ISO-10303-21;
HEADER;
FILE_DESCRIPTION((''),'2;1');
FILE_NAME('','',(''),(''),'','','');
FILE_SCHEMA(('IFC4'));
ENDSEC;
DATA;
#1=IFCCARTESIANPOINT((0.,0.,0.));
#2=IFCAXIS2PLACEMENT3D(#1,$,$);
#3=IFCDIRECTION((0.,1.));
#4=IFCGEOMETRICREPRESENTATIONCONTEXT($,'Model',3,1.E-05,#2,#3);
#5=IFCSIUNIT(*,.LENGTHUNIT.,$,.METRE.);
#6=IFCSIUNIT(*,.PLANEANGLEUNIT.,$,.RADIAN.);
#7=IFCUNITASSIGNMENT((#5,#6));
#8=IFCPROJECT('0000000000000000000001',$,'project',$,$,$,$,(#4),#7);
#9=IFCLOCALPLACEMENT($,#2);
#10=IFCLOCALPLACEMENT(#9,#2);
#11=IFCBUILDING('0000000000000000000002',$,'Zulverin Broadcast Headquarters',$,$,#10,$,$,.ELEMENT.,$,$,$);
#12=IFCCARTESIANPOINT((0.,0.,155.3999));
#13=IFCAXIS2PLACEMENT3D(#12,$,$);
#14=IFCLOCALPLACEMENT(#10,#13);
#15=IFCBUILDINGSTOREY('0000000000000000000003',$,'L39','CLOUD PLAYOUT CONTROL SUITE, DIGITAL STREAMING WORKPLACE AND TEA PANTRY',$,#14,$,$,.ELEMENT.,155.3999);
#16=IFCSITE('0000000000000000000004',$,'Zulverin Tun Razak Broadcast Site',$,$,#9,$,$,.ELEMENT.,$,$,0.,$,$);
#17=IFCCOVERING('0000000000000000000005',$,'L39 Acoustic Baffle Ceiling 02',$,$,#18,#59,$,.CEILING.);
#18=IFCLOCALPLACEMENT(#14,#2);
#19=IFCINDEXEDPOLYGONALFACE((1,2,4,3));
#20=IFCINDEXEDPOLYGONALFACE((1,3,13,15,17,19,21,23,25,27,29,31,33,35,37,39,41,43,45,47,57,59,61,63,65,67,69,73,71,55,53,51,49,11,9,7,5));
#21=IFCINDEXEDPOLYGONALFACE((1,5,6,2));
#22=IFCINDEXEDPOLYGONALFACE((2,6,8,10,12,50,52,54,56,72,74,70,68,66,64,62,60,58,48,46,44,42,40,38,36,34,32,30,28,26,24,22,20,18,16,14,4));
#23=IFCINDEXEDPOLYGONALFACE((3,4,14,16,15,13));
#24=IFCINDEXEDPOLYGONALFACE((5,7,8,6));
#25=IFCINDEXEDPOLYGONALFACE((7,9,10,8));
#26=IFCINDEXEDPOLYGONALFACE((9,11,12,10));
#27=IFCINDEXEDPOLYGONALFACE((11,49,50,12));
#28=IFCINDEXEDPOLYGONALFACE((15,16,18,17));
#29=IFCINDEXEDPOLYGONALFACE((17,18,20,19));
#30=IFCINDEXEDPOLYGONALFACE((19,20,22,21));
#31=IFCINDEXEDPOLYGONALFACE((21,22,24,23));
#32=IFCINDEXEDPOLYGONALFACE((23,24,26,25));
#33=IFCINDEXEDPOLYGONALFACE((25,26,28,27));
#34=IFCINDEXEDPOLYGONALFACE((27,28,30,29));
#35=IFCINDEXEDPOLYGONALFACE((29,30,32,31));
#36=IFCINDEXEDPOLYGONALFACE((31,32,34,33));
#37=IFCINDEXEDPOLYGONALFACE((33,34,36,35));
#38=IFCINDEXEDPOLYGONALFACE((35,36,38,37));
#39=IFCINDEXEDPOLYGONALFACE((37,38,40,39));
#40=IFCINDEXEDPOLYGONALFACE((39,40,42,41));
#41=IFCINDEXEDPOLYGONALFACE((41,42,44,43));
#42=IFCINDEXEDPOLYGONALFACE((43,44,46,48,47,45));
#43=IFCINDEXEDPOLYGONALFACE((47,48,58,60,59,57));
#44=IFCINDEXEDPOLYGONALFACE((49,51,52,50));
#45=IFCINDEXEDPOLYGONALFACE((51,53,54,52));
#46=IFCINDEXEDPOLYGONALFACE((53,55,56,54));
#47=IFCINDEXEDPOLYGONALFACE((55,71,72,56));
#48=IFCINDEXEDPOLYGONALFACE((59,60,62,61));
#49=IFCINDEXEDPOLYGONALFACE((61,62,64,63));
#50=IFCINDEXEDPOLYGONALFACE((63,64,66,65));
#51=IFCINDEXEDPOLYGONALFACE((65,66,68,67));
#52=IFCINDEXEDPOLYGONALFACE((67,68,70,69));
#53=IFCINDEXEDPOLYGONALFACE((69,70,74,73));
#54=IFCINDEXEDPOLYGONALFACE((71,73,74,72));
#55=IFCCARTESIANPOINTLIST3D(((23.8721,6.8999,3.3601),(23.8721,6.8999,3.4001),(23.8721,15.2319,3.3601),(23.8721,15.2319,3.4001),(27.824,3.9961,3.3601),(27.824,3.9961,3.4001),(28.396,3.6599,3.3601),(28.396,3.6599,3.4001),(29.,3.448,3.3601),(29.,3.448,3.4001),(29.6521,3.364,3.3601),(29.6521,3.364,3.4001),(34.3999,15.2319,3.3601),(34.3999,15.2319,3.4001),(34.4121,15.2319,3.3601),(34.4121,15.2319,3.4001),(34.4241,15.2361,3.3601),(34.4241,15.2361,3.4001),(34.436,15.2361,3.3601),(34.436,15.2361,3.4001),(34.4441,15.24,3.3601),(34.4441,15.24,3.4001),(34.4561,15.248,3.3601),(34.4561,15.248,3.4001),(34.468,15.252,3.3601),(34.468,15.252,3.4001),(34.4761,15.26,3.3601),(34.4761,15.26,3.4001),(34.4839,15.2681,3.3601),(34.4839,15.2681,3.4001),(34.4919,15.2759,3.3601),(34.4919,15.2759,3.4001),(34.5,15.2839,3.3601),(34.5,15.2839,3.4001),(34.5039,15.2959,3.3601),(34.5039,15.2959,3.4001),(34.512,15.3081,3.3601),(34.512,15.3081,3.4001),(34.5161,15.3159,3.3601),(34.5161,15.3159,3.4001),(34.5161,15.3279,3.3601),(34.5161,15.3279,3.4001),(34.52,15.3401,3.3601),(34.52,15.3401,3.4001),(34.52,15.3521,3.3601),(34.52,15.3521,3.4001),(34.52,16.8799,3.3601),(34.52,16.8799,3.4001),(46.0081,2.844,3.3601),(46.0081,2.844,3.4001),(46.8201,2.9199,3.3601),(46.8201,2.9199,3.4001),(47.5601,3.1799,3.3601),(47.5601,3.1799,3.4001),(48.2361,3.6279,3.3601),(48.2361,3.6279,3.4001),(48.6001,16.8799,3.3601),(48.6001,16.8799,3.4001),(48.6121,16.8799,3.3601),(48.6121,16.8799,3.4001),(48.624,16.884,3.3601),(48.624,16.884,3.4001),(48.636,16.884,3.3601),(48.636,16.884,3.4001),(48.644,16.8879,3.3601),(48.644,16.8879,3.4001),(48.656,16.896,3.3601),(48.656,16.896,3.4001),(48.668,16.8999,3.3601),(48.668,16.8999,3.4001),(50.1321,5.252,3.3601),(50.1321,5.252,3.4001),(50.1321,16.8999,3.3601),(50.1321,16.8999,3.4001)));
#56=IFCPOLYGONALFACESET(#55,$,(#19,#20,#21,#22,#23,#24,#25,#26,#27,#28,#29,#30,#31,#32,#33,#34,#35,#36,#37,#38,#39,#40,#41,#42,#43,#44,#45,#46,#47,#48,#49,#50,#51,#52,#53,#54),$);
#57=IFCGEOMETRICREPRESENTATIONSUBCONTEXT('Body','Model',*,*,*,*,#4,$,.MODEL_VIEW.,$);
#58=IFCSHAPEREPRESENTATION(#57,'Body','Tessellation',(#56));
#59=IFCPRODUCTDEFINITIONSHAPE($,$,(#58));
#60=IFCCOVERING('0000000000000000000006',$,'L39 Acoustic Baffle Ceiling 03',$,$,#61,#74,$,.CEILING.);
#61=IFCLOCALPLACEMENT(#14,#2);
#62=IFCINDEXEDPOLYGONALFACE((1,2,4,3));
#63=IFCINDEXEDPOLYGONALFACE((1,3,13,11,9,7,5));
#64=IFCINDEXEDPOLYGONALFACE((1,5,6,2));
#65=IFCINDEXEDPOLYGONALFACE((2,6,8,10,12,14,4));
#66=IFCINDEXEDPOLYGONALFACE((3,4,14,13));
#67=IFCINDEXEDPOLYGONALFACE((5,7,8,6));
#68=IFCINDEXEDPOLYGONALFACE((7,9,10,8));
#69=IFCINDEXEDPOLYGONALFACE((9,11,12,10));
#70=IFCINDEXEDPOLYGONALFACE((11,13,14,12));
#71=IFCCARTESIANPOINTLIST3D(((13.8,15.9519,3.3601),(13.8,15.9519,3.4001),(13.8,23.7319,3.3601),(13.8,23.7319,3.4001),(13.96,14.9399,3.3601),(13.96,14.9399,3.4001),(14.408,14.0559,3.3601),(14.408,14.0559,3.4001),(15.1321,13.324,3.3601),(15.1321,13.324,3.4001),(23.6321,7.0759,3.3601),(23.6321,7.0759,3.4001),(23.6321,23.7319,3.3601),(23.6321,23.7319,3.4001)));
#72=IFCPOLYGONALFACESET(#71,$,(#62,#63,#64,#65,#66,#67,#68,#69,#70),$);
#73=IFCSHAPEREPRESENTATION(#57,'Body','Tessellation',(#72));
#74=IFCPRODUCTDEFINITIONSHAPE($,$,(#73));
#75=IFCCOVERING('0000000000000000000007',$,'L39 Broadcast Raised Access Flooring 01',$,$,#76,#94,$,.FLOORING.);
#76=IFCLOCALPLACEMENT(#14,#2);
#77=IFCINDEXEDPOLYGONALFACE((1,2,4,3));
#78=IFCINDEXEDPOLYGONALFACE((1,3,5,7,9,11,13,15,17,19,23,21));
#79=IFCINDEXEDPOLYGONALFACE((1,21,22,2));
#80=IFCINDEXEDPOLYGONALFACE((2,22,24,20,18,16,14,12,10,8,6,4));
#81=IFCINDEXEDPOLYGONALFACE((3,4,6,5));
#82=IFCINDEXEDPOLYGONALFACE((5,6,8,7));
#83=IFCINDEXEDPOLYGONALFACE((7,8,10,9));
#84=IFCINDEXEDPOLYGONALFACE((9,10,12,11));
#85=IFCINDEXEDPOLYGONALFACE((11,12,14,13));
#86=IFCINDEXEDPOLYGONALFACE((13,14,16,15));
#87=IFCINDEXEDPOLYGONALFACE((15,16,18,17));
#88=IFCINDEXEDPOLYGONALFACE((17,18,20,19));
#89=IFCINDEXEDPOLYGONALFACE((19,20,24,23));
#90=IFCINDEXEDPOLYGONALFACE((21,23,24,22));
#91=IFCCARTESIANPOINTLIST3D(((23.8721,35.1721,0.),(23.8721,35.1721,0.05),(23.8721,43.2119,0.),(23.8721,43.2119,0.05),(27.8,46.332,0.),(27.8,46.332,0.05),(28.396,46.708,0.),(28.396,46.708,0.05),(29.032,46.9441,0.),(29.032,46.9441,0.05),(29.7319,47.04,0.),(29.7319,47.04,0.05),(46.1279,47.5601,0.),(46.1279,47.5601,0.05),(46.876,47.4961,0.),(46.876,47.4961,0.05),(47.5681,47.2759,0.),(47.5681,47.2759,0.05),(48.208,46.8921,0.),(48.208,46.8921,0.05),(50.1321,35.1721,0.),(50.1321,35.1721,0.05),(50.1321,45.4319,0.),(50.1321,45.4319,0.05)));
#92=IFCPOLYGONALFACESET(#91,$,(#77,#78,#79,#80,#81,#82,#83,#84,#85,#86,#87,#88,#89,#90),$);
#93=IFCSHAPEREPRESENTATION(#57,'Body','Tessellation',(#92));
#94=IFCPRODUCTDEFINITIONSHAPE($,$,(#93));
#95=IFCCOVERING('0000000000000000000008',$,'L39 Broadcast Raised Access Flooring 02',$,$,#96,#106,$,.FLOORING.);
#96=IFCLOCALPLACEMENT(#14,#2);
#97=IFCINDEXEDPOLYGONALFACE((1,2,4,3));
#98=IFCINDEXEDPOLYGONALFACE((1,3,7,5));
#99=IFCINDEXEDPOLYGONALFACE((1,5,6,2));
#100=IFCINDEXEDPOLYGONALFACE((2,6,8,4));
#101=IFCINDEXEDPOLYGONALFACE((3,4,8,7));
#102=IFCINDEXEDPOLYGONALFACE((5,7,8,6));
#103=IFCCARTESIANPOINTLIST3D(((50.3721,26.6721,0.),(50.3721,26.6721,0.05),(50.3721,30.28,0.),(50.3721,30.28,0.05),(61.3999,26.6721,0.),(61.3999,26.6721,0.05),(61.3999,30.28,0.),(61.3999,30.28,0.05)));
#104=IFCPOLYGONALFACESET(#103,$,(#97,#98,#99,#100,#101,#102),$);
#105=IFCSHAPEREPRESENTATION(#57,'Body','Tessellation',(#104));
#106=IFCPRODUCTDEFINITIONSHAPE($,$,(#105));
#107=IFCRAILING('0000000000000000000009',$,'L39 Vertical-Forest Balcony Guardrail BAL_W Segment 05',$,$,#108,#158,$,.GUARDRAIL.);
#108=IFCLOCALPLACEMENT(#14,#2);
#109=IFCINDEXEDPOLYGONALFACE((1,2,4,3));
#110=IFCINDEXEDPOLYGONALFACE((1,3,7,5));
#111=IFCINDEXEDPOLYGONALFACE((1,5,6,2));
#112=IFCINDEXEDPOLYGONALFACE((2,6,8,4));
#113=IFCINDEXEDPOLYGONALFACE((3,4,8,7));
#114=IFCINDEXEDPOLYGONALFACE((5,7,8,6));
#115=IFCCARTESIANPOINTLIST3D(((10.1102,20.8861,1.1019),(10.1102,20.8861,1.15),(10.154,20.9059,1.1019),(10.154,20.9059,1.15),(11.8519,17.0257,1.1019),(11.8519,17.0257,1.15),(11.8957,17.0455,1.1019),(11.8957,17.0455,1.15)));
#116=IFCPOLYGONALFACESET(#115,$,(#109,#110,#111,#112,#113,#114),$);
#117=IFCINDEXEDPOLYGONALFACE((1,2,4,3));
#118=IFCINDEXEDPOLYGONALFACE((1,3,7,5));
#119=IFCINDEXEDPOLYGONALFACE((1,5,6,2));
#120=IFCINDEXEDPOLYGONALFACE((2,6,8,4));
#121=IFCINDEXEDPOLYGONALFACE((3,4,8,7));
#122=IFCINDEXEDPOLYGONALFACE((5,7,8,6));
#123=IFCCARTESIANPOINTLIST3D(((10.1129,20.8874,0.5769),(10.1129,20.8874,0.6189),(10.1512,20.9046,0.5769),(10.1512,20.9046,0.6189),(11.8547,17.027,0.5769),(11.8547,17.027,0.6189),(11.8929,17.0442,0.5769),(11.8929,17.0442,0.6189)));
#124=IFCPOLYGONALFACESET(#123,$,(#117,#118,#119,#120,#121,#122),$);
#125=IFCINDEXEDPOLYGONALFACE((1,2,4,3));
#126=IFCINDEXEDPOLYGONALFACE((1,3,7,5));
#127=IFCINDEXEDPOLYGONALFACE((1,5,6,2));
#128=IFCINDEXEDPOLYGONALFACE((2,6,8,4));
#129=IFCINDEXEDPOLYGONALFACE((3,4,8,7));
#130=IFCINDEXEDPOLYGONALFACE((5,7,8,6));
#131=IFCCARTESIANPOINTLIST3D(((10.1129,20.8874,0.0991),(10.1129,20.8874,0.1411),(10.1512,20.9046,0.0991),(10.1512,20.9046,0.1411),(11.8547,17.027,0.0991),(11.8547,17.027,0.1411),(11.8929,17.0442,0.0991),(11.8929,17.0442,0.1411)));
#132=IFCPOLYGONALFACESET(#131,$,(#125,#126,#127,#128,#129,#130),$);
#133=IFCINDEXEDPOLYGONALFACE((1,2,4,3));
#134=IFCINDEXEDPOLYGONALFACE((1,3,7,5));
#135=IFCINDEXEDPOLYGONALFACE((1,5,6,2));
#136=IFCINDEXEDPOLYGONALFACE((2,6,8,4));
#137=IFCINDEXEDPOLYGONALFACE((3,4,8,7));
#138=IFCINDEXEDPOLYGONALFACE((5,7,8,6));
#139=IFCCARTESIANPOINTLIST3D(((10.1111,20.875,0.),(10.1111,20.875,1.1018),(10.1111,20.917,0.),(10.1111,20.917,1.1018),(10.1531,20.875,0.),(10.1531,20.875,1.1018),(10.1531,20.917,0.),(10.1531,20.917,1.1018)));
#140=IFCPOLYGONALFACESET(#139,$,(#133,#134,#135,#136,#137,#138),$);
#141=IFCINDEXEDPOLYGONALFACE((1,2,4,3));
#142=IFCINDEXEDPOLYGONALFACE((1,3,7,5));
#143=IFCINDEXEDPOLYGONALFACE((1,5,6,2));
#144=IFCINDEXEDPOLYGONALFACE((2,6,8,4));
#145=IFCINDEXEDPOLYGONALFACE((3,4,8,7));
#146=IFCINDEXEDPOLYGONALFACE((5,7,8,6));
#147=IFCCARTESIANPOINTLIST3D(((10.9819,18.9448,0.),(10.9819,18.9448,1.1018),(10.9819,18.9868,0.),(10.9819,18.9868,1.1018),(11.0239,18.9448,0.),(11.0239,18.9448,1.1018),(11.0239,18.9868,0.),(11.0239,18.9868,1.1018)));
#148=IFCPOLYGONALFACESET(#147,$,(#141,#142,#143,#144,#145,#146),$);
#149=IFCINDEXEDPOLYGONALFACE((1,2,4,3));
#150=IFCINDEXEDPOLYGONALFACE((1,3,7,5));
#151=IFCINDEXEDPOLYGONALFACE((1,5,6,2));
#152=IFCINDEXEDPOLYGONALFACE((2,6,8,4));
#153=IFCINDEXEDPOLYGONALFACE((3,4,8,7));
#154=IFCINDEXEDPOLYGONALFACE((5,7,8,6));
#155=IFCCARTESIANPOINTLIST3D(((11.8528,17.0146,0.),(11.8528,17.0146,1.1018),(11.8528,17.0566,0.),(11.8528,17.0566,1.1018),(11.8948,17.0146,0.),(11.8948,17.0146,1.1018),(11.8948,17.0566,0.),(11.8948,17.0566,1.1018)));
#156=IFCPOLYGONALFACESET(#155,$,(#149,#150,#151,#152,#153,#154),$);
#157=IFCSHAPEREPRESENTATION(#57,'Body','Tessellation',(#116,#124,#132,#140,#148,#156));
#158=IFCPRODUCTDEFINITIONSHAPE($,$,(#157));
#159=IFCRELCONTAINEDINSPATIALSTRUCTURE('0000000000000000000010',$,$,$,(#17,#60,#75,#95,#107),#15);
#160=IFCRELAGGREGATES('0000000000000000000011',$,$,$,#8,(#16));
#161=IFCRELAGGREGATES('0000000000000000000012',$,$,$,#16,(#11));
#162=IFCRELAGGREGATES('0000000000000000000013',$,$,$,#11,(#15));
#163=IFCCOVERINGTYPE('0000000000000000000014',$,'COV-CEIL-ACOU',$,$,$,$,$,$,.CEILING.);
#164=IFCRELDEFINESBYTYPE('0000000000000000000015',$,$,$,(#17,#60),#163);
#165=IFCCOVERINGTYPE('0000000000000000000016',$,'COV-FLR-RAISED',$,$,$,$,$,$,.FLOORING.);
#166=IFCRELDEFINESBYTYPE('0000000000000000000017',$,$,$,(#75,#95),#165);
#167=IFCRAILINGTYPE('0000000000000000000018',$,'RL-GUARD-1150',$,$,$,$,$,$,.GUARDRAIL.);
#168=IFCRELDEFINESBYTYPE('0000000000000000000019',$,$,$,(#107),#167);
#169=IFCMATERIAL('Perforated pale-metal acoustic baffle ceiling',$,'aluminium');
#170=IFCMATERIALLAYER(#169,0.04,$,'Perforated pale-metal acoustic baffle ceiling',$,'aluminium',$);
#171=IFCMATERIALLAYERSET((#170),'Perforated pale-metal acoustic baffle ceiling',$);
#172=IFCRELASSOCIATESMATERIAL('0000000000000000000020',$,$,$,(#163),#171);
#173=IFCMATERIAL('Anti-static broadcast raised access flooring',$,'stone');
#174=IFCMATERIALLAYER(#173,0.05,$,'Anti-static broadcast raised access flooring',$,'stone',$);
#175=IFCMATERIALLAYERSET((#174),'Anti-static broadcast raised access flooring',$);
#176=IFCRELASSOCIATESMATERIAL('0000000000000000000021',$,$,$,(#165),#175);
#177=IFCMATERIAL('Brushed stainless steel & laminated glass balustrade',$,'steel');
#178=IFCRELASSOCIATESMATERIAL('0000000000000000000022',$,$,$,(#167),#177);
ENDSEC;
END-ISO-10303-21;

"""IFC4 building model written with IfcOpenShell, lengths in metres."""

from ifc_helpers import new_model, si_unit, direction, frame, origin, origin_2d, place, context, subcontext, project, spatial, polyline, rectangle, outline, extrude, material, layer, layer_set, type_object, element, save


model = new_model("IFC4")

# Units and contexts
model_context = context("Model", 3, precision=1e-05, world=origin(), true_north=direction((0.0, 1.0)))
body_context = subcontext(model_context, "Body", "Model", "MODEL_VIEW")
ifc_project = project(units=[si_unit("LENGTHUNIT", "METRE"), si_unit("PLANEANGLEUNIT", "RADIAN")], contexts=[model_context])

# Site, building, storey
site_placement = place(None, origin())
site = spatial("IfcSite", under=ifc_project, at=site_placement, Name="Zulverin Tun Razak Broadcast Site", CompositionType="ELEMENT", RefElevation=0.0)
building_placement = place(site_placement, origin())
building = spatial("IfcBuilding", under=site, at=building_placement, Name="Zulverin Broadcast Headquarters", CompositionType="ELEMENT")
storey_placement = place(building_placement, frame((0.0, 0.0, 155.3999)))
storey = spatial("IfcBuildingStorey", under=building, at=storey_placement, Name="L39", Description="CLOUD PLAYOUT CONTROL SUITE, DIGITAL STREAMING WORKPLACE AND TEA PANTRY", CompositionType="ELEMENT", Elevation=155.3999)

# Coverings
ifc_material_1 = material(Name="Perforated pale-metal acoustic baffle ceiling", Category="aluminium")
ifc_layer_1 = layer(ifc_material_1, 0.04, Name="Perforated pale-metal acoustic baffle ceiling", Category="aluminium")
ifc_layer_set_1 = layer_set([ifc_layer_1], Name="Perforated pale-metal acoustic baffle ceiling")
covering_type_1 = type_object("IfcCoveringType", Name="COV-CEIL-ACOU", PredefinedType="CEILING", material=ifc_layer_set_1)
covering_1_placement = place(storey_placement, frame((0.0, 0.0, 3.3601)))
element("IfcCovering", 1, at=covering_1_placement, inside=storey, type_object=covering_type_1, Name="L39 Acoustic Baffle Ceiling 02", PredefinedType="CEILING", context=body_context, shape_type="SweptSolid", body=[
    extrude(outline(polyline([(48.624, 16.884), (48.6121, 16.8799), (48.6001, 16.8799), (34.52, 16.8799), (34.52, 15.3521), (34.52, 15.3401), (34.5161, 15.3279), (34.5161, 15.3159), (34.512, 15.3081), (34.5039, 15.2959), (34.5, 15.2839), (34.4919, 15.2759), (34.4839, 15.2681), (34.4761, 15.26), (34.468, 15.252), (34.4561, 15.248), (34.4441, 15.24), (34.436, 15.2361), (34.4241, 15.2361), (34.4121, 15.2319), (34.3999, 15.2319), (23.8721, 15.2319), (23.8721, 6.8999), (27.824, 3.9961), (28.396, 3.6599), (29.0, 3.448), (29.6521, 3.364), (46.0081, 2.844), (46.8201, 2.9199), (47.5601, 3.1799), (48.2361, 3.6279), (50.1321, 5.252), (50.1321, 16.8999), (48.668, 16.8999), (48.656, 16.896), (48.644, 16.8879), (48.636, 16.884), (48.624, 16.884)])), origin(), (0.0, 0.0, 1.0), 0.04),
])
covering_2_placement = place(storey_placement, frame((0.0, 0.0, 3.3601)))
element("IfcCovering", 2, at=covering_2_placement, inside=storey, type_object=covering_type_1, Name="L39 Acoustic Baffle Ceiling 03", PredefinedType="CEILING", context=body_context, shape_type="SweptSolid", body=[
    extrude(outline(polyline([(14.408, 14.0559), (15.1321, 13.324), (23.6321, 7.0759), (23.6321, 23.7319), (13.8, 23.7319), (13.8, 15.9519), (13.96, 14.9399), (14.408, 14.0559)])), origin(), (0.0, 0.0, 1.0), 0.04),
])
ifc_material_2 = material(Name="Anti-static broadcast raised access flooring", Category="stone")
ifc_layer_2 = layer(ifc_material_2, 0.05, Name="Anti-static broadcast raised access flooring", Category="stone")
ifc_layer_set_2 = layer_set([ifc_layer_2], Name="Anti-static broadcast raised access flooring")
covering_type_2 = type_object("IfcCoveringType", Name="COV-FLR-RAISED", PredefinedType="FLOORING", material=ifc_layer_set_2)
covering_3_placement = place(storey_placement, origin())
element("IfcCovering", 3, at=covering_3_placement, inside=storey, type_object=covering_type_2, Name="L39 Broadcast Raised Access Flooring 01", PredefinedType="FLOORING", context=body_context, shape_type="SweptSolid", body=[
    extrude(outline(polyline([(46.876, 47.4961), (46.1279, 47.5601), (29.7319, 47.04), (29.032, 46.9441), (28.396, 46.708), (27.8, 46.332), (23.8721, 43.2119), (23.8721, 35.1721), (50.1321, 35.1721), (50.1321, 45.4319), (48.208, 46.8921), (47.5681, 47.2759), (46.876, 47.4961)])), origin(), (0.0, 0.0, 1.0), 0.05),
])
covering_4_placement = place(storey_placement, origin())
element("IfcCovering", 4, at=covering_4_placement, inside=storey, type_object=covering_type_2, Name="L39 Broadcast Raised Access Flooring 02", PredefinedType="FLOORING", context=body_context, shape_type="SweptSolid", body=[
    extrude(outline(polyline([(50.3721, 26.6721), (61.3999, 26.6721), (61.3999, 30.28), (50.3721, 30.28), (50.3721, 26.6721)])), origin(), (0.0, 0.0, 1.0), 0.05),
])

# Railing
ifc_material_3 = material(Name="Brushed stainless steel & laminated glass balustrade", Category="steel")
railing_type = type_object("IfcRailingType", Name="RL-GUARD-1150", PredefinedType="GUARDRAIL", material=ifc_material_3)
railing_1_placement = place(storey_placement, frame((10.1321, 20.896, 0.0)))
element("IfcRailing", 5, at=railing_1_placement, inside=storey, type_object=railing_type, Name="L39 Vertical-Forest Balcony Guardrail BAL_W Segment 05", PredefinedType="GUARDRAIL", context=body_context, shape_type="SweptSolid", body=[
    extrude(rectangle(XDim=0.0481, YDim=0.0481, at=origin_2d()), frame((0.0, 0.0, 1.126), z_axis=(0.411256, -0.91152, 0.0), x_axis=(0.91152, 0.411256, 0.0)), (0.0, 0.0, 1.0), 4.2351),
    extrude(rectangle(XDim=0.042, YDim=0.042, at=origin_2d()), frame((0.0, 0.0, 0.5979), z_axis=(0.411256, -0.91152, 0.0), x_axis=(0.91152, 0.411256, 0.0)), (0.0, 0.0, 1.0), 4.2351),
    extrude(rectangle(XDim=0.042, YDim=0.042, at=origin_2d()), frame((0.0, 0.0, 0.1201), z_axis=(0.411256, -0.91152, 0.0), x_axis=(0.91152, 0.411256, 0.0)), (0.0, 0.0, 1.0), 4.2351),
    extrude(rectangle(XDim=0.042, YDim=0.042, at=origin_2d()), origin(), (0.0, 0.0, 1.0), 1.1018),
    extrude(rectangle(XDim=0.042, YDim=0.042, at=origin_2d()), frame((0.8708, -1.9302, 0.0)), (0.0, 0.0, 1.0), 1.1018),
    extrude(rectangle(XDim=0.042, YDim=0.042, at=origin_2d()), frame((1.7417, -3.8604, 0.0)), (0.0, 0.0, 1.0), 1.1018),
])

save(model, "model.ifc")
